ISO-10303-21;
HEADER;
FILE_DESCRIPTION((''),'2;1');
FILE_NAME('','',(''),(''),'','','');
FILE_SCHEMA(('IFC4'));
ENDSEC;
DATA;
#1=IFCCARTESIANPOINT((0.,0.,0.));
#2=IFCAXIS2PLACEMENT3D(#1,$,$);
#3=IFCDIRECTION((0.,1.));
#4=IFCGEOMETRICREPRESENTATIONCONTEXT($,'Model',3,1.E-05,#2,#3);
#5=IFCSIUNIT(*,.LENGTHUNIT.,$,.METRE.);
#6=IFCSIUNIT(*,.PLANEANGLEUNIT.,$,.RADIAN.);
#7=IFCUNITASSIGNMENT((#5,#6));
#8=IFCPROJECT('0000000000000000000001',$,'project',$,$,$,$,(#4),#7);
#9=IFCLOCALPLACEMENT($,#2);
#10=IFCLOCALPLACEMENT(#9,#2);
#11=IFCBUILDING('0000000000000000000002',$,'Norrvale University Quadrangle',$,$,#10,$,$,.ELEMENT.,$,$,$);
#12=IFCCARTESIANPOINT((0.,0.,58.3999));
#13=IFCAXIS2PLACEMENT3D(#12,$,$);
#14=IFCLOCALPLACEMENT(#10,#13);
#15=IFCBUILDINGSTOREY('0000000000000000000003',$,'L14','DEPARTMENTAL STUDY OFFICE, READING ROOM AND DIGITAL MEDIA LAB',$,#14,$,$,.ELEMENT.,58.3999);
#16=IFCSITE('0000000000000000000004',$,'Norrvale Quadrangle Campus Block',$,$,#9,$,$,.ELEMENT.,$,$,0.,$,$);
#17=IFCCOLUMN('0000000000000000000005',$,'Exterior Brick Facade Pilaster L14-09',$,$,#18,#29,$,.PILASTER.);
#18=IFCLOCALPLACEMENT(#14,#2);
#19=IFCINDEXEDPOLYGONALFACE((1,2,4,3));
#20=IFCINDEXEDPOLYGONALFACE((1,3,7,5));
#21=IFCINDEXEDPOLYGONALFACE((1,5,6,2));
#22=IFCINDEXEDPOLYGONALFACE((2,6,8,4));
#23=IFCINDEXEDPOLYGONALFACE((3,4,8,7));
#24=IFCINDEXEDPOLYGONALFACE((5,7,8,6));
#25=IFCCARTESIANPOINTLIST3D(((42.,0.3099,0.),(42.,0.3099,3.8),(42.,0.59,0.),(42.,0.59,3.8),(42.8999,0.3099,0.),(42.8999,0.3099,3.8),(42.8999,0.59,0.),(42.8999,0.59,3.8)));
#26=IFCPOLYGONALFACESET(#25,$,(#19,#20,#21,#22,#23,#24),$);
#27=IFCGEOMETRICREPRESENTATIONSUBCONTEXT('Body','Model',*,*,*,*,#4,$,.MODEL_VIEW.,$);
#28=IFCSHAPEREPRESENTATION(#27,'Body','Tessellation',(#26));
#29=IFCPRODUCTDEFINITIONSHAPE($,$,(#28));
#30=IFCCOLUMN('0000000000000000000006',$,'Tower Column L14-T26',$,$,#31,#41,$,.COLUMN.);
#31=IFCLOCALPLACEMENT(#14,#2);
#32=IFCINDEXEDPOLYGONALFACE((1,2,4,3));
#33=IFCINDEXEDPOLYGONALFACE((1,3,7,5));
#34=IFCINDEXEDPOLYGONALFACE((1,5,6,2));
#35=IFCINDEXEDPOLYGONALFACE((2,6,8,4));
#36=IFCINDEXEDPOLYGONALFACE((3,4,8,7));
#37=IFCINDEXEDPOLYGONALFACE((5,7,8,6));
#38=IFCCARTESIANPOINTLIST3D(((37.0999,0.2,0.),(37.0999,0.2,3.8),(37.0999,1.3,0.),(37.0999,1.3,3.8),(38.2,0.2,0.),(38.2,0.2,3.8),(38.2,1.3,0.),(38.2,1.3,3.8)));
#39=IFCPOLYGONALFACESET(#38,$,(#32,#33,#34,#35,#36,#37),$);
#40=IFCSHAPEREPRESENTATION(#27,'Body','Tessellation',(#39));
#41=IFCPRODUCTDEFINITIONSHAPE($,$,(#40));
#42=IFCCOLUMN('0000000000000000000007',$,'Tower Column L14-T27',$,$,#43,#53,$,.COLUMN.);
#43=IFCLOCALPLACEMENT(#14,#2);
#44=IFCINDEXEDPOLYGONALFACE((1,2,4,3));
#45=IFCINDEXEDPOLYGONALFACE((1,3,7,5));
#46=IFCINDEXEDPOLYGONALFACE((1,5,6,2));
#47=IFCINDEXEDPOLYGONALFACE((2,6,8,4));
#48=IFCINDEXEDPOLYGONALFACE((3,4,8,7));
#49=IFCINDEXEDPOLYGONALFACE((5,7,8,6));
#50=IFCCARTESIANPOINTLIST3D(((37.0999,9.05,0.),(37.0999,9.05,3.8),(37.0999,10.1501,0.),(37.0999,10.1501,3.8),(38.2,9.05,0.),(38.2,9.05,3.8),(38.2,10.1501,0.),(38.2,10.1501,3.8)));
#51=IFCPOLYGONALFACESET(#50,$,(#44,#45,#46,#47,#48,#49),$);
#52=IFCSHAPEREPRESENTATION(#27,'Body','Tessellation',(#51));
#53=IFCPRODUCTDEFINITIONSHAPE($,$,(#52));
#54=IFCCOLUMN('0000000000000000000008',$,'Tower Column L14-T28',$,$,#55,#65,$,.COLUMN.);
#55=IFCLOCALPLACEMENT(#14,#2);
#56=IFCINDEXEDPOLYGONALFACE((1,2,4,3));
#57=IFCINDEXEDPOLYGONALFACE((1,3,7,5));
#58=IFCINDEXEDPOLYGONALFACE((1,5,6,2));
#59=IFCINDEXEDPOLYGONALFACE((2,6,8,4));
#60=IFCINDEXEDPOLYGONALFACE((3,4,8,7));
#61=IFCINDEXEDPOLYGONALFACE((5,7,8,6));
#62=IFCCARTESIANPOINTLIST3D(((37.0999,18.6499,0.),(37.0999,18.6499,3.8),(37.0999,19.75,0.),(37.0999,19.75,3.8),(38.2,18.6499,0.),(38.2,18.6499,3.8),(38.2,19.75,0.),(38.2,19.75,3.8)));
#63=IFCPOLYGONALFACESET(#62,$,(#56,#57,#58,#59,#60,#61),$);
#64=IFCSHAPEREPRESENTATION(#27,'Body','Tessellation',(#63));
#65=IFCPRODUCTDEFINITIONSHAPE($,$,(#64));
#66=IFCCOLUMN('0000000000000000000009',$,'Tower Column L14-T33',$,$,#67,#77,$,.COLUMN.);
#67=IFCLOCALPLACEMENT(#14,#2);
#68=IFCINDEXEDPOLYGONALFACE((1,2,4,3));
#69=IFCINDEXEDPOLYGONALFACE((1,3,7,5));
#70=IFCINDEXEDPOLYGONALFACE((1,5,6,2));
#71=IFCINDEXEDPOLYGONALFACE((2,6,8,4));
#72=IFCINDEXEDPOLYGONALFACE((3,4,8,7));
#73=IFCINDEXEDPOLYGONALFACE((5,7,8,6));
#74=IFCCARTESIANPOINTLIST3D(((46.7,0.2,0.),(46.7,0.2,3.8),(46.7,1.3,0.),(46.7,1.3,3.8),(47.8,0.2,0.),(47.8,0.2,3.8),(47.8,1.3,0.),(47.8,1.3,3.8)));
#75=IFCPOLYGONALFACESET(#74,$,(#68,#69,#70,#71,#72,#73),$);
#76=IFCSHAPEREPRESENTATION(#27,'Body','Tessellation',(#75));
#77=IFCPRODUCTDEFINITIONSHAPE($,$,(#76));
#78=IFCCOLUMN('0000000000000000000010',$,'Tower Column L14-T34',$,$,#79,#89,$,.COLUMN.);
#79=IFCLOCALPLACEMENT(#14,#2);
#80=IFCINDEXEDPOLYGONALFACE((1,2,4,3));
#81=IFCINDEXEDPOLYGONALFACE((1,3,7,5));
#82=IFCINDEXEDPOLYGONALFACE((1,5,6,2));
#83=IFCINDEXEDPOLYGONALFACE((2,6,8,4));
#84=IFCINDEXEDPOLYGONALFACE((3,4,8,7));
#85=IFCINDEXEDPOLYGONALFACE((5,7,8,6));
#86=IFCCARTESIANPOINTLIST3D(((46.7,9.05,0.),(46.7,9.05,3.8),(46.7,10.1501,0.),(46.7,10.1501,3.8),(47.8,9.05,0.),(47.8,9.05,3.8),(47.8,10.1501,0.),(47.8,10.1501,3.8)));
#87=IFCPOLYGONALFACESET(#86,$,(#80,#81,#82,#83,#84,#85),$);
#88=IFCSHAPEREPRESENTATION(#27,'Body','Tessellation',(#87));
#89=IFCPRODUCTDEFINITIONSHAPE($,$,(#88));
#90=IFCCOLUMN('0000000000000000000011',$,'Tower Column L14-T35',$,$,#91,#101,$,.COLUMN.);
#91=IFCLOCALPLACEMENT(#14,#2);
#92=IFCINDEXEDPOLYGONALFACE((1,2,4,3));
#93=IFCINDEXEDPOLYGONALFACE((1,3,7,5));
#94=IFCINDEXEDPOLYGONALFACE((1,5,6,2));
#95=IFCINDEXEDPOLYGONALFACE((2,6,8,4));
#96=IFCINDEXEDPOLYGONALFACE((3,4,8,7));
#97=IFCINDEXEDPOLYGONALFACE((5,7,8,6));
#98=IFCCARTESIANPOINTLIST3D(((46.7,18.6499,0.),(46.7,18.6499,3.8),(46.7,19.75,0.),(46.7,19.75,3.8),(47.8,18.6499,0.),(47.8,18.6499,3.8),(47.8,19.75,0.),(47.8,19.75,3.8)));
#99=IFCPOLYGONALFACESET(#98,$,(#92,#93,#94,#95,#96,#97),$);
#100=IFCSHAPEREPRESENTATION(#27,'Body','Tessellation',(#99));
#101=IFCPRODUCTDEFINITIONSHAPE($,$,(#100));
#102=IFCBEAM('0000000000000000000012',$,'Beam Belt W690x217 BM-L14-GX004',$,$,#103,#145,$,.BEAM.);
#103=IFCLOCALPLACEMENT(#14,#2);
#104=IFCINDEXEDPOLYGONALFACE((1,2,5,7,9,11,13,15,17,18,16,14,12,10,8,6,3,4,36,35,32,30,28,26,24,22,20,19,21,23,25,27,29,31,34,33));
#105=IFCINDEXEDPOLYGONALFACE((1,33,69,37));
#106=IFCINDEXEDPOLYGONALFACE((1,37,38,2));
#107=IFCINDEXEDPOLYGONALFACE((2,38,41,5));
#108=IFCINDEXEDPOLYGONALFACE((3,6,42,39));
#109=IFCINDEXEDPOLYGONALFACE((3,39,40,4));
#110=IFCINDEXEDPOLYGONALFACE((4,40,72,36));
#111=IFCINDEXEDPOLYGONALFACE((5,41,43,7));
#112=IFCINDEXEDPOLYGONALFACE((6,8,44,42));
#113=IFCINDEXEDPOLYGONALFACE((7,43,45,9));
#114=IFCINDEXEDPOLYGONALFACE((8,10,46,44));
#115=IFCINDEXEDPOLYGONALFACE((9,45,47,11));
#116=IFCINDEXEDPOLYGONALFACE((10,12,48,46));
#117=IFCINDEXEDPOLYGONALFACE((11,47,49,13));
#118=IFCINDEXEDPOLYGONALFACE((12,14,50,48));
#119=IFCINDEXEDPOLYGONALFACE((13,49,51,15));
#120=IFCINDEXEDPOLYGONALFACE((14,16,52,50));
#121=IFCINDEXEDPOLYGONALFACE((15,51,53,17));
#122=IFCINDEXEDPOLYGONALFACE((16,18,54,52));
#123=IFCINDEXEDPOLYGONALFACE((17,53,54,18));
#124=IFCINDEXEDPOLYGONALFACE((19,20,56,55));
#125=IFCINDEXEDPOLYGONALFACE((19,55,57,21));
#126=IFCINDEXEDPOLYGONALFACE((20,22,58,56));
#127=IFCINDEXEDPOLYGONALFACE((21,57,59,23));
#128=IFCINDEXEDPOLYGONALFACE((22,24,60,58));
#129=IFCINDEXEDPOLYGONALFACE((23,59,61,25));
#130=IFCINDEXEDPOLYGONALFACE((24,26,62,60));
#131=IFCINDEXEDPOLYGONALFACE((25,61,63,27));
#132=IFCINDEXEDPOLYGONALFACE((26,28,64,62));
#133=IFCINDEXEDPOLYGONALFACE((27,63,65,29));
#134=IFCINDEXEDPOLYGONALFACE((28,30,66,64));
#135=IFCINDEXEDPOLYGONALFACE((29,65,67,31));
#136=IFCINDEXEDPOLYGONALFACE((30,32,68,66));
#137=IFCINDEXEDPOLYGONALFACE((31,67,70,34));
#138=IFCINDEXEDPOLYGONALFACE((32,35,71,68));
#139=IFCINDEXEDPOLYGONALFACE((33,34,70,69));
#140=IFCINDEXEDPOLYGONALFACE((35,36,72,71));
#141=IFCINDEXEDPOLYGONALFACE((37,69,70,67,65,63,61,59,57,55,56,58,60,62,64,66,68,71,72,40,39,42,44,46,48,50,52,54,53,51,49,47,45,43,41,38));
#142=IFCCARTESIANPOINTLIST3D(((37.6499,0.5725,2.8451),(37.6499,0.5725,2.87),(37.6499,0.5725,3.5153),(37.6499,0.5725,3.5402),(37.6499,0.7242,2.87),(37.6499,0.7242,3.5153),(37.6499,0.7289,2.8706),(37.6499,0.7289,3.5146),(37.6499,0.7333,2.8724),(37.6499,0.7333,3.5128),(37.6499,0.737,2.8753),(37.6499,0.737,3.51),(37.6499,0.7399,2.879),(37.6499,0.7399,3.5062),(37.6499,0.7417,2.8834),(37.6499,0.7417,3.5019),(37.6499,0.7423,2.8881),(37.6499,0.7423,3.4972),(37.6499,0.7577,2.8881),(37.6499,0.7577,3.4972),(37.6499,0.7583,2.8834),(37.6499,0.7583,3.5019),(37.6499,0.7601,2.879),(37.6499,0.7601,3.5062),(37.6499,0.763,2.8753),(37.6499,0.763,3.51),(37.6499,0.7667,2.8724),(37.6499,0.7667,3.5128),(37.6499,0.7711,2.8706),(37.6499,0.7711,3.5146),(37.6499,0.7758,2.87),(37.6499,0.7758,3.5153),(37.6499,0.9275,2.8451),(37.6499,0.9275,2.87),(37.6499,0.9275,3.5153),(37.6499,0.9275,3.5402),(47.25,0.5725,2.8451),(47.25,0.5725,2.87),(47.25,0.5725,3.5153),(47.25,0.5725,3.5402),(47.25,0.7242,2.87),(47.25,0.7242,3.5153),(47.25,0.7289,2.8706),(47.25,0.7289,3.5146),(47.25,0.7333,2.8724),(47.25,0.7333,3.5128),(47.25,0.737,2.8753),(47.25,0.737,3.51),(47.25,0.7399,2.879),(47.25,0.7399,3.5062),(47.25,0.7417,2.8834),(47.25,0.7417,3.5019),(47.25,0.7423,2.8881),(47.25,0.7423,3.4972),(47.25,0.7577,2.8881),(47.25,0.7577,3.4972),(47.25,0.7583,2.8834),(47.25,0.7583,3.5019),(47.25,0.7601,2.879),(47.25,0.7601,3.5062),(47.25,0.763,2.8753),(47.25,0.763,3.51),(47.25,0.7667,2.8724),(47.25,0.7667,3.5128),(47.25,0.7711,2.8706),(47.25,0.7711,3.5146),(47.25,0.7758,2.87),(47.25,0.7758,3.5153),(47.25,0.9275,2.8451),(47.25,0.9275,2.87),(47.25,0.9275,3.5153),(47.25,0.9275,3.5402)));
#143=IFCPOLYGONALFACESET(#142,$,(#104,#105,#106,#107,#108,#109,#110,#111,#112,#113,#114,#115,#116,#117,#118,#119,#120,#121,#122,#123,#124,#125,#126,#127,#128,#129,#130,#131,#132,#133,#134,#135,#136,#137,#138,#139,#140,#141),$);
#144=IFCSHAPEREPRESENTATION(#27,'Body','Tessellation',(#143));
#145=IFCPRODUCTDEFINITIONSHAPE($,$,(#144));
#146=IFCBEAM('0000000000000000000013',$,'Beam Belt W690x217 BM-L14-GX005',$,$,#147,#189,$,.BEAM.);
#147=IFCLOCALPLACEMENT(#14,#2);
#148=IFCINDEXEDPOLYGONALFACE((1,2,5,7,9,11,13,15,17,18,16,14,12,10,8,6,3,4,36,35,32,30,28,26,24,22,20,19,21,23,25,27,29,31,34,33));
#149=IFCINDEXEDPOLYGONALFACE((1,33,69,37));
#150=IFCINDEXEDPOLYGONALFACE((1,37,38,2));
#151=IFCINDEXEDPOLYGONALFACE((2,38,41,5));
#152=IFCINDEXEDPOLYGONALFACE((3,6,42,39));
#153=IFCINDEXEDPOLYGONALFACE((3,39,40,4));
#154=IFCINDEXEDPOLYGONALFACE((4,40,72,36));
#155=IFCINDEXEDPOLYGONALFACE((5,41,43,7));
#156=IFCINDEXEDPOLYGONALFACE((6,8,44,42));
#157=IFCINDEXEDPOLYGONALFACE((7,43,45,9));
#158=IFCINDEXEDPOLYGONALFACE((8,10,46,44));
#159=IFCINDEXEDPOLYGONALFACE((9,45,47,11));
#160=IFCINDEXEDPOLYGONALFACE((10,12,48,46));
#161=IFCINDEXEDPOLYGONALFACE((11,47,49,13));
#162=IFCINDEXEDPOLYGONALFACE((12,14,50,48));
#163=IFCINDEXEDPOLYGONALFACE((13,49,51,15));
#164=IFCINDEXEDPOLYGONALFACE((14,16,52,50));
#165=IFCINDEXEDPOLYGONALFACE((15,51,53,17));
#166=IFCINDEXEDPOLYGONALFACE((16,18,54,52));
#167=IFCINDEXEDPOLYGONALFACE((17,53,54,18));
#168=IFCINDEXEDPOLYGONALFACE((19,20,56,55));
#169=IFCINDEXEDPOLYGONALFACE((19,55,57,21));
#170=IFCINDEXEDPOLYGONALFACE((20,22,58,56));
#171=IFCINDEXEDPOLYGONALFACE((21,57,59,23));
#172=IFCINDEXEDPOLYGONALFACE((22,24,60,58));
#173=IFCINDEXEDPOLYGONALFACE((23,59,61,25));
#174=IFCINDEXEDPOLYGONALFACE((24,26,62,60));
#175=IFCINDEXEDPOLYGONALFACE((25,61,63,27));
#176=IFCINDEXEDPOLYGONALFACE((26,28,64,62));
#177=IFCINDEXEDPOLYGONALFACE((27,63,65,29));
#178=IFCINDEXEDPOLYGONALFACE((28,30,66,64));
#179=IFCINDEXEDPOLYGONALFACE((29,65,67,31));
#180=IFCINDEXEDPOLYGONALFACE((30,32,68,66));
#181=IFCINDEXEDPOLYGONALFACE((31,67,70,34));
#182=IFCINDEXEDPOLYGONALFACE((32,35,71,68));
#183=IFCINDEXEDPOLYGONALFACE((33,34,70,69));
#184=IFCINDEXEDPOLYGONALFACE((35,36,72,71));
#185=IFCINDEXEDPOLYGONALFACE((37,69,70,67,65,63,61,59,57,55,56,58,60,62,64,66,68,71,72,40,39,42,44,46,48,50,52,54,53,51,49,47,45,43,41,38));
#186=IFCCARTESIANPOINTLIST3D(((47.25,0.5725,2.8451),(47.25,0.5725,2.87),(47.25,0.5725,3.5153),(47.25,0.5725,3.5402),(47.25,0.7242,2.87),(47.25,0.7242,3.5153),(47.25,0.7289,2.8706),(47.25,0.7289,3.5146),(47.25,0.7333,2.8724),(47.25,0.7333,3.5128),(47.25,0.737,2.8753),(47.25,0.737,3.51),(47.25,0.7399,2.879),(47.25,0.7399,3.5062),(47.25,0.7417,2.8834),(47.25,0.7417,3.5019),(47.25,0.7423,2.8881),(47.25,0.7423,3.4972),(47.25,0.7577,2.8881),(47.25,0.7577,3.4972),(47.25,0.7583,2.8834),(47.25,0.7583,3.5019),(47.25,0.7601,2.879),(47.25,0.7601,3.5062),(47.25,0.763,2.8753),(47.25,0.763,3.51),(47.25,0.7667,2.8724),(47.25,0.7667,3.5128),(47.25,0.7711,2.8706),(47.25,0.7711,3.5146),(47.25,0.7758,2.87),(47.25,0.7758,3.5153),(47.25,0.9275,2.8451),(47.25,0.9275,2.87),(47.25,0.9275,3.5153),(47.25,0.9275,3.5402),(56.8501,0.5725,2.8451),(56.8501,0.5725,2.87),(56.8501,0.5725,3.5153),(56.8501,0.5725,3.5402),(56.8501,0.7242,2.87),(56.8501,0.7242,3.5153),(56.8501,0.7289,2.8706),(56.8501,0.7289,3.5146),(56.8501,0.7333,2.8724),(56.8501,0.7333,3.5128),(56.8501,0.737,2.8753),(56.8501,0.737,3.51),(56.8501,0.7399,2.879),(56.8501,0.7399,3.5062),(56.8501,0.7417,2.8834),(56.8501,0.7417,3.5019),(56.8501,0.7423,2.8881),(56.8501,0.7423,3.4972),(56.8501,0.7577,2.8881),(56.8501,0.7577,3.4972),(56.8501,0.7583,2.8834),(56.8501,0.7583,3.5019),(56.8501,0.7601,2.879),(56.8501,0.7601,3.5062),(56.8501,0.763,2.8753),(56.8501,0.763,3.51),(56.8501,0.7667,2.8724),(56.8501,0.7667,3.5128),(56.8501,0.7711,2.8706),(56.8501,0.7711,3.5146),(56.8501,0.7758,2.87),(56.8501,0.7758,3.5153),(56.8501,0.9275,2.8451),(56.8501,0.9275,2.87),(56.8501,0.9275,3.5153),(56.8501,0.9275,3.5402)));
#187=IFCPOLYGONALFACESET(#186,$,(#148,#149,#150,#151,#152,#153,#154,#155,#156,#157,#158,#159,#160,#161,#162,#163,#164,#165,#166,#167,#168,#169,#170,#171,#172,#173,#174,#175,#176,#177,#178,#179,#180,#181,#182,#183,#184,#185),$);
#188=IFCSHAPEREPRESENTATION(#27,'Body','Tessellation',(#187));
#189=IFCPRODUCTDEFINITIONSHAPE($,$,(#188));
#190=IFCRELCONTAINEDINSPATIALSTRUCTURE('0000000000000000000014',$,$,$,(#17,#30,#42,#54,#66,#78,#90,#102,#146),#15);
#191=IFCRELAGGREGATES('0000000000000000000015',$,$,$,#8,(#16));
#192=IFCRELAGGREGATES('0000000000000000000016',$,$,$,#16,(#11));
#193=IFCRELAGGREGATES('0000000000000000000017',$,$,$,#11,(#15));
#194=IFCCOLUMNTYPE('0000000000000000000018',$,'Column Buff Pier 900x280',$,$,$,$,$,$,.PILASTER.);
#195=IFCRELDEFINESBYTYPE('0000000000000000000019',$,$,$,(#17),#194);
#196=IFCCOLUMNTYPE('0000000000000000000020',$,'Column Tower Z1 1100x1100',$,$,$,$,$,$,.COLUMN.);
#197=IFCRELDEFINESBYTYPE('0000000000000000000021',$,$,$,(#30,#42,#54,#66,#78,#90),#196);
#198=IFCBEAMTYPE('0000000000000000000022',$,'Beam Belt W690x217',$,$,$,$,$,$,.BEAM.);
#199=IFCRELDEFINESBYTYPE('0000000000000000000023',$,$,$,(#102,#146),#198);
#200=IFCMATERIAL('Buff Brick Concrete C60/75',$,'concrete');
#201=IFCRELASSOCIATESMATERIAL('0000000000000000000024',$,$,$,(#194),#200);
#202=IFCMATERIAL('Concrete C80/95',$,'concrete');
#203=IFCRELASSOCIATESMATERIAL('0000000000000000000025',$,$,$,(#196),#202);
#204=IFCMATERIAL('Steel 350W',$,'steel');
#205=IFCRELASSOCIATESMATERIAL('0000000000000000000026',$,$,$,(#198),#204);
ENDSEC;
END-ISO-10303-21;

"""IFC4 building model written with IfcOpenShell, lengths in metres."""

from ifc_helpers import new_model, si_unit, direction, frame, origin, origin_2d, place, context, subcontext, project, spatial, rectangle, i_section, extrude, material, material_profile, profile_set, type_object, element, save


model = new_model("IFC4")

# Units and contexts
model_context = context("Model", 3, precision=1e-05, world=origin(), true_north=direction((0.0, 1.0)))
body_context = subcontext(model_context, "Body", "Model", "MODEL_VIEW")
ifc_project = project(units=[si_unit("LENGTHUNIT", "METRE"), si_unit("PLANEANGLEUNIT", "RADIAN")], contexts=[model_context])

# Site, building, storey
site_placement = place(None, origin())
site = spatial("IfcSite", under=ifc_project, at=site_placement, Name="Norrvale Quadrangle Campus Block", CompositionType="ELEMENT", RefElevation=0.0)
building_placement = place(site_placement, origin())
building = spatial("IfcBuilding", under=site, at=building_placement, Name="Norrvale University Quadrangle", CompositionType="ELEMENT")
storey_placement = place(building_placement, frame((0.0, 0.0, 58.3999)))
storey = spatial("IfcBuildingStorey", under=building, at=storey_placement, Name="L14", Description="DEPARTMENTAL STUDY OFFICE, READING ROOM AND DIGITAL MEDIA LAB", CompositionType="ELEMENT", Elevation=58.3999)

# Columns
ifc_material_1 = material(Name="Buff Brick Concrete C60/75", Category="concrete")
ifc_material_profile_1 = material_profile(ifc_material_1, rectangle(XDim=0.8999, YDim=0.28, at=origin_2d()), Name="Buff Brick Concrete C60/75")
ifc_profile_set_1 = profile_set([ifc_material_profile_1], Name="Buff Brick Concrete C60/75")
column_type_1 = type_object("IfcColumnType", Name="Column Buff Pier 900x280", PredefinedType="PILASTER", material=ifc_profile_set_1)
column_placement = place(storey_placement, frame((42.45, 0.45, 0.0), z_axis=(0.0, 0.0, 1.0), x_axis=(1.0, 0.0, 0.0)))
element("IfcColumn", 1, at=column_placement, inside=storey, type_object=column_type_1, Name="Exterior Brick Facade Pilaster L14-09", PredefinedType="PILASTER", context=body_context, shape_type="SweptSolid", body=[
    extrude(rectangle(XDim=0.8999, YDim=0.28, at=origin_2d()), origin(), (0.0, 0.0, 1.0), 3.8),
])
ifc_material_2 = material(Name="Concrete C80/95", Category="concrete")
ifc_material_profile_2 = material_profile(ifc_material_2, rectangle(XDim=1.1001, YDim=1.1001, at=origin_2d()), Name="Concrete C80/95")
ifc_profile_set_2 = profile_set([ifc_material_profile_2], Name="Concrete C80/95")
column_type_2 = type_object("IfcColumnType", Name="Column Tower Z1 1100x1100", PredefinedType="COLUMN", material=ifc_profile_set_2)
for number, where, z_axis, x_axis, name in (
    (2, (37.6499, 0.75, 0.0), (0.0, 0.0, 1.0), (1.0, 0.0, 0.0), "Tower Column L14-T26"),
    (3, (37.6499, 9.6001, 0.0), (0.0, 0.0, 1.0), (1.0, 0.0, 0.0), "Tower Column L14-T27"),
    (4, (37.6499, 19.2, 0.0), (0.0, 0.0, 1.0), (1.0, 0.0, 0.0), "Tower Column L14-T28"),
    (5, (47.25, 0.75, 0.0), (0.0, 0.0, 1.0), (1.0, 0.0, 0.0), "Tower Column L14-T33"),
    (6, (47.25, 9.6001, 0.0), (0.0, 0.0, 1.0), (1.0, 0.0, 0.0), "Tower Column L14-T34"),
    (7, (47.25, 19.2, 0.0), (0.0, 0.0, 1.0), (1.0, 0.0, 0.0), "Tower Column L14-T35"),
):
    element("IfcColumn", number, at=place(storey_placement, frame(where, z_axis=z_axis, x_axis=x_axis)), inside=storey, type_object=column_type_2, Name=name, PredefinedType="COLUMN", context=body_context, shape_type="SweptSolid", body=[
        extrude(rectangle(XDim=1.1001, YDim=1.1001, at=origin_2d()), origin(), (0.0, 0.0, 1.0), 3.8),
    ])

# Beams
ifc_material_3 = material(Name="Steel 350W", Category="steel")
ifc_material_profile_3 = material_profile(ifc_material_3, i_section(OverallWidth=0.355, OverallDepth=0.6951, WebThickness=0.0154, FlangeThickness=0.0249, FilletRadius=0.0181, at=origin_2d()), Name="Steel 350W")
ifc_profile_set_3 = profile_set([ifc_material_profile_3], Name="Steel 350W")
beam_type_1 = type_object("IfcBeamType", Name="Beam Belt W690x217", PredefinedType="BEAM", material=ifc_profile_set_3)
for number, where, z_axis, x_axis, name in (
    (8, (37.6499, 0.75, 3.1926), (1.0, 0.0, 0.0), (0.0, 1.0, 0.0), "Beam Belt W690x217 BM-L14-GX004"),
    (9, (47.25, 0.75, 3.1926), (1.0, 0.0, 0.0), (0.0, 1.0, 0.0), "Beam Belt W690x217 BM-L14-GX005"),
):
    element("IfcBeam", number, at=place(storey_placement, frame(where, z_axis=z_axis, x_axis=x_axis)), inside=storey, type_object=beam_type_1, Name=name, PredefinedType="BEAM", context=body_context, shape_type="SweptSolid", body=[
        extrude(i_section(OverallWidth=0.355, OverallDepth=0.6951, WebThickness=0.0154, FlangeThickness=0.0249, FilletRadius=0.0181, at=origin_2d()), origin(), (0.0, 0.0, 1.0), 9.6001),
    ])

save(model, "model.ifc")
